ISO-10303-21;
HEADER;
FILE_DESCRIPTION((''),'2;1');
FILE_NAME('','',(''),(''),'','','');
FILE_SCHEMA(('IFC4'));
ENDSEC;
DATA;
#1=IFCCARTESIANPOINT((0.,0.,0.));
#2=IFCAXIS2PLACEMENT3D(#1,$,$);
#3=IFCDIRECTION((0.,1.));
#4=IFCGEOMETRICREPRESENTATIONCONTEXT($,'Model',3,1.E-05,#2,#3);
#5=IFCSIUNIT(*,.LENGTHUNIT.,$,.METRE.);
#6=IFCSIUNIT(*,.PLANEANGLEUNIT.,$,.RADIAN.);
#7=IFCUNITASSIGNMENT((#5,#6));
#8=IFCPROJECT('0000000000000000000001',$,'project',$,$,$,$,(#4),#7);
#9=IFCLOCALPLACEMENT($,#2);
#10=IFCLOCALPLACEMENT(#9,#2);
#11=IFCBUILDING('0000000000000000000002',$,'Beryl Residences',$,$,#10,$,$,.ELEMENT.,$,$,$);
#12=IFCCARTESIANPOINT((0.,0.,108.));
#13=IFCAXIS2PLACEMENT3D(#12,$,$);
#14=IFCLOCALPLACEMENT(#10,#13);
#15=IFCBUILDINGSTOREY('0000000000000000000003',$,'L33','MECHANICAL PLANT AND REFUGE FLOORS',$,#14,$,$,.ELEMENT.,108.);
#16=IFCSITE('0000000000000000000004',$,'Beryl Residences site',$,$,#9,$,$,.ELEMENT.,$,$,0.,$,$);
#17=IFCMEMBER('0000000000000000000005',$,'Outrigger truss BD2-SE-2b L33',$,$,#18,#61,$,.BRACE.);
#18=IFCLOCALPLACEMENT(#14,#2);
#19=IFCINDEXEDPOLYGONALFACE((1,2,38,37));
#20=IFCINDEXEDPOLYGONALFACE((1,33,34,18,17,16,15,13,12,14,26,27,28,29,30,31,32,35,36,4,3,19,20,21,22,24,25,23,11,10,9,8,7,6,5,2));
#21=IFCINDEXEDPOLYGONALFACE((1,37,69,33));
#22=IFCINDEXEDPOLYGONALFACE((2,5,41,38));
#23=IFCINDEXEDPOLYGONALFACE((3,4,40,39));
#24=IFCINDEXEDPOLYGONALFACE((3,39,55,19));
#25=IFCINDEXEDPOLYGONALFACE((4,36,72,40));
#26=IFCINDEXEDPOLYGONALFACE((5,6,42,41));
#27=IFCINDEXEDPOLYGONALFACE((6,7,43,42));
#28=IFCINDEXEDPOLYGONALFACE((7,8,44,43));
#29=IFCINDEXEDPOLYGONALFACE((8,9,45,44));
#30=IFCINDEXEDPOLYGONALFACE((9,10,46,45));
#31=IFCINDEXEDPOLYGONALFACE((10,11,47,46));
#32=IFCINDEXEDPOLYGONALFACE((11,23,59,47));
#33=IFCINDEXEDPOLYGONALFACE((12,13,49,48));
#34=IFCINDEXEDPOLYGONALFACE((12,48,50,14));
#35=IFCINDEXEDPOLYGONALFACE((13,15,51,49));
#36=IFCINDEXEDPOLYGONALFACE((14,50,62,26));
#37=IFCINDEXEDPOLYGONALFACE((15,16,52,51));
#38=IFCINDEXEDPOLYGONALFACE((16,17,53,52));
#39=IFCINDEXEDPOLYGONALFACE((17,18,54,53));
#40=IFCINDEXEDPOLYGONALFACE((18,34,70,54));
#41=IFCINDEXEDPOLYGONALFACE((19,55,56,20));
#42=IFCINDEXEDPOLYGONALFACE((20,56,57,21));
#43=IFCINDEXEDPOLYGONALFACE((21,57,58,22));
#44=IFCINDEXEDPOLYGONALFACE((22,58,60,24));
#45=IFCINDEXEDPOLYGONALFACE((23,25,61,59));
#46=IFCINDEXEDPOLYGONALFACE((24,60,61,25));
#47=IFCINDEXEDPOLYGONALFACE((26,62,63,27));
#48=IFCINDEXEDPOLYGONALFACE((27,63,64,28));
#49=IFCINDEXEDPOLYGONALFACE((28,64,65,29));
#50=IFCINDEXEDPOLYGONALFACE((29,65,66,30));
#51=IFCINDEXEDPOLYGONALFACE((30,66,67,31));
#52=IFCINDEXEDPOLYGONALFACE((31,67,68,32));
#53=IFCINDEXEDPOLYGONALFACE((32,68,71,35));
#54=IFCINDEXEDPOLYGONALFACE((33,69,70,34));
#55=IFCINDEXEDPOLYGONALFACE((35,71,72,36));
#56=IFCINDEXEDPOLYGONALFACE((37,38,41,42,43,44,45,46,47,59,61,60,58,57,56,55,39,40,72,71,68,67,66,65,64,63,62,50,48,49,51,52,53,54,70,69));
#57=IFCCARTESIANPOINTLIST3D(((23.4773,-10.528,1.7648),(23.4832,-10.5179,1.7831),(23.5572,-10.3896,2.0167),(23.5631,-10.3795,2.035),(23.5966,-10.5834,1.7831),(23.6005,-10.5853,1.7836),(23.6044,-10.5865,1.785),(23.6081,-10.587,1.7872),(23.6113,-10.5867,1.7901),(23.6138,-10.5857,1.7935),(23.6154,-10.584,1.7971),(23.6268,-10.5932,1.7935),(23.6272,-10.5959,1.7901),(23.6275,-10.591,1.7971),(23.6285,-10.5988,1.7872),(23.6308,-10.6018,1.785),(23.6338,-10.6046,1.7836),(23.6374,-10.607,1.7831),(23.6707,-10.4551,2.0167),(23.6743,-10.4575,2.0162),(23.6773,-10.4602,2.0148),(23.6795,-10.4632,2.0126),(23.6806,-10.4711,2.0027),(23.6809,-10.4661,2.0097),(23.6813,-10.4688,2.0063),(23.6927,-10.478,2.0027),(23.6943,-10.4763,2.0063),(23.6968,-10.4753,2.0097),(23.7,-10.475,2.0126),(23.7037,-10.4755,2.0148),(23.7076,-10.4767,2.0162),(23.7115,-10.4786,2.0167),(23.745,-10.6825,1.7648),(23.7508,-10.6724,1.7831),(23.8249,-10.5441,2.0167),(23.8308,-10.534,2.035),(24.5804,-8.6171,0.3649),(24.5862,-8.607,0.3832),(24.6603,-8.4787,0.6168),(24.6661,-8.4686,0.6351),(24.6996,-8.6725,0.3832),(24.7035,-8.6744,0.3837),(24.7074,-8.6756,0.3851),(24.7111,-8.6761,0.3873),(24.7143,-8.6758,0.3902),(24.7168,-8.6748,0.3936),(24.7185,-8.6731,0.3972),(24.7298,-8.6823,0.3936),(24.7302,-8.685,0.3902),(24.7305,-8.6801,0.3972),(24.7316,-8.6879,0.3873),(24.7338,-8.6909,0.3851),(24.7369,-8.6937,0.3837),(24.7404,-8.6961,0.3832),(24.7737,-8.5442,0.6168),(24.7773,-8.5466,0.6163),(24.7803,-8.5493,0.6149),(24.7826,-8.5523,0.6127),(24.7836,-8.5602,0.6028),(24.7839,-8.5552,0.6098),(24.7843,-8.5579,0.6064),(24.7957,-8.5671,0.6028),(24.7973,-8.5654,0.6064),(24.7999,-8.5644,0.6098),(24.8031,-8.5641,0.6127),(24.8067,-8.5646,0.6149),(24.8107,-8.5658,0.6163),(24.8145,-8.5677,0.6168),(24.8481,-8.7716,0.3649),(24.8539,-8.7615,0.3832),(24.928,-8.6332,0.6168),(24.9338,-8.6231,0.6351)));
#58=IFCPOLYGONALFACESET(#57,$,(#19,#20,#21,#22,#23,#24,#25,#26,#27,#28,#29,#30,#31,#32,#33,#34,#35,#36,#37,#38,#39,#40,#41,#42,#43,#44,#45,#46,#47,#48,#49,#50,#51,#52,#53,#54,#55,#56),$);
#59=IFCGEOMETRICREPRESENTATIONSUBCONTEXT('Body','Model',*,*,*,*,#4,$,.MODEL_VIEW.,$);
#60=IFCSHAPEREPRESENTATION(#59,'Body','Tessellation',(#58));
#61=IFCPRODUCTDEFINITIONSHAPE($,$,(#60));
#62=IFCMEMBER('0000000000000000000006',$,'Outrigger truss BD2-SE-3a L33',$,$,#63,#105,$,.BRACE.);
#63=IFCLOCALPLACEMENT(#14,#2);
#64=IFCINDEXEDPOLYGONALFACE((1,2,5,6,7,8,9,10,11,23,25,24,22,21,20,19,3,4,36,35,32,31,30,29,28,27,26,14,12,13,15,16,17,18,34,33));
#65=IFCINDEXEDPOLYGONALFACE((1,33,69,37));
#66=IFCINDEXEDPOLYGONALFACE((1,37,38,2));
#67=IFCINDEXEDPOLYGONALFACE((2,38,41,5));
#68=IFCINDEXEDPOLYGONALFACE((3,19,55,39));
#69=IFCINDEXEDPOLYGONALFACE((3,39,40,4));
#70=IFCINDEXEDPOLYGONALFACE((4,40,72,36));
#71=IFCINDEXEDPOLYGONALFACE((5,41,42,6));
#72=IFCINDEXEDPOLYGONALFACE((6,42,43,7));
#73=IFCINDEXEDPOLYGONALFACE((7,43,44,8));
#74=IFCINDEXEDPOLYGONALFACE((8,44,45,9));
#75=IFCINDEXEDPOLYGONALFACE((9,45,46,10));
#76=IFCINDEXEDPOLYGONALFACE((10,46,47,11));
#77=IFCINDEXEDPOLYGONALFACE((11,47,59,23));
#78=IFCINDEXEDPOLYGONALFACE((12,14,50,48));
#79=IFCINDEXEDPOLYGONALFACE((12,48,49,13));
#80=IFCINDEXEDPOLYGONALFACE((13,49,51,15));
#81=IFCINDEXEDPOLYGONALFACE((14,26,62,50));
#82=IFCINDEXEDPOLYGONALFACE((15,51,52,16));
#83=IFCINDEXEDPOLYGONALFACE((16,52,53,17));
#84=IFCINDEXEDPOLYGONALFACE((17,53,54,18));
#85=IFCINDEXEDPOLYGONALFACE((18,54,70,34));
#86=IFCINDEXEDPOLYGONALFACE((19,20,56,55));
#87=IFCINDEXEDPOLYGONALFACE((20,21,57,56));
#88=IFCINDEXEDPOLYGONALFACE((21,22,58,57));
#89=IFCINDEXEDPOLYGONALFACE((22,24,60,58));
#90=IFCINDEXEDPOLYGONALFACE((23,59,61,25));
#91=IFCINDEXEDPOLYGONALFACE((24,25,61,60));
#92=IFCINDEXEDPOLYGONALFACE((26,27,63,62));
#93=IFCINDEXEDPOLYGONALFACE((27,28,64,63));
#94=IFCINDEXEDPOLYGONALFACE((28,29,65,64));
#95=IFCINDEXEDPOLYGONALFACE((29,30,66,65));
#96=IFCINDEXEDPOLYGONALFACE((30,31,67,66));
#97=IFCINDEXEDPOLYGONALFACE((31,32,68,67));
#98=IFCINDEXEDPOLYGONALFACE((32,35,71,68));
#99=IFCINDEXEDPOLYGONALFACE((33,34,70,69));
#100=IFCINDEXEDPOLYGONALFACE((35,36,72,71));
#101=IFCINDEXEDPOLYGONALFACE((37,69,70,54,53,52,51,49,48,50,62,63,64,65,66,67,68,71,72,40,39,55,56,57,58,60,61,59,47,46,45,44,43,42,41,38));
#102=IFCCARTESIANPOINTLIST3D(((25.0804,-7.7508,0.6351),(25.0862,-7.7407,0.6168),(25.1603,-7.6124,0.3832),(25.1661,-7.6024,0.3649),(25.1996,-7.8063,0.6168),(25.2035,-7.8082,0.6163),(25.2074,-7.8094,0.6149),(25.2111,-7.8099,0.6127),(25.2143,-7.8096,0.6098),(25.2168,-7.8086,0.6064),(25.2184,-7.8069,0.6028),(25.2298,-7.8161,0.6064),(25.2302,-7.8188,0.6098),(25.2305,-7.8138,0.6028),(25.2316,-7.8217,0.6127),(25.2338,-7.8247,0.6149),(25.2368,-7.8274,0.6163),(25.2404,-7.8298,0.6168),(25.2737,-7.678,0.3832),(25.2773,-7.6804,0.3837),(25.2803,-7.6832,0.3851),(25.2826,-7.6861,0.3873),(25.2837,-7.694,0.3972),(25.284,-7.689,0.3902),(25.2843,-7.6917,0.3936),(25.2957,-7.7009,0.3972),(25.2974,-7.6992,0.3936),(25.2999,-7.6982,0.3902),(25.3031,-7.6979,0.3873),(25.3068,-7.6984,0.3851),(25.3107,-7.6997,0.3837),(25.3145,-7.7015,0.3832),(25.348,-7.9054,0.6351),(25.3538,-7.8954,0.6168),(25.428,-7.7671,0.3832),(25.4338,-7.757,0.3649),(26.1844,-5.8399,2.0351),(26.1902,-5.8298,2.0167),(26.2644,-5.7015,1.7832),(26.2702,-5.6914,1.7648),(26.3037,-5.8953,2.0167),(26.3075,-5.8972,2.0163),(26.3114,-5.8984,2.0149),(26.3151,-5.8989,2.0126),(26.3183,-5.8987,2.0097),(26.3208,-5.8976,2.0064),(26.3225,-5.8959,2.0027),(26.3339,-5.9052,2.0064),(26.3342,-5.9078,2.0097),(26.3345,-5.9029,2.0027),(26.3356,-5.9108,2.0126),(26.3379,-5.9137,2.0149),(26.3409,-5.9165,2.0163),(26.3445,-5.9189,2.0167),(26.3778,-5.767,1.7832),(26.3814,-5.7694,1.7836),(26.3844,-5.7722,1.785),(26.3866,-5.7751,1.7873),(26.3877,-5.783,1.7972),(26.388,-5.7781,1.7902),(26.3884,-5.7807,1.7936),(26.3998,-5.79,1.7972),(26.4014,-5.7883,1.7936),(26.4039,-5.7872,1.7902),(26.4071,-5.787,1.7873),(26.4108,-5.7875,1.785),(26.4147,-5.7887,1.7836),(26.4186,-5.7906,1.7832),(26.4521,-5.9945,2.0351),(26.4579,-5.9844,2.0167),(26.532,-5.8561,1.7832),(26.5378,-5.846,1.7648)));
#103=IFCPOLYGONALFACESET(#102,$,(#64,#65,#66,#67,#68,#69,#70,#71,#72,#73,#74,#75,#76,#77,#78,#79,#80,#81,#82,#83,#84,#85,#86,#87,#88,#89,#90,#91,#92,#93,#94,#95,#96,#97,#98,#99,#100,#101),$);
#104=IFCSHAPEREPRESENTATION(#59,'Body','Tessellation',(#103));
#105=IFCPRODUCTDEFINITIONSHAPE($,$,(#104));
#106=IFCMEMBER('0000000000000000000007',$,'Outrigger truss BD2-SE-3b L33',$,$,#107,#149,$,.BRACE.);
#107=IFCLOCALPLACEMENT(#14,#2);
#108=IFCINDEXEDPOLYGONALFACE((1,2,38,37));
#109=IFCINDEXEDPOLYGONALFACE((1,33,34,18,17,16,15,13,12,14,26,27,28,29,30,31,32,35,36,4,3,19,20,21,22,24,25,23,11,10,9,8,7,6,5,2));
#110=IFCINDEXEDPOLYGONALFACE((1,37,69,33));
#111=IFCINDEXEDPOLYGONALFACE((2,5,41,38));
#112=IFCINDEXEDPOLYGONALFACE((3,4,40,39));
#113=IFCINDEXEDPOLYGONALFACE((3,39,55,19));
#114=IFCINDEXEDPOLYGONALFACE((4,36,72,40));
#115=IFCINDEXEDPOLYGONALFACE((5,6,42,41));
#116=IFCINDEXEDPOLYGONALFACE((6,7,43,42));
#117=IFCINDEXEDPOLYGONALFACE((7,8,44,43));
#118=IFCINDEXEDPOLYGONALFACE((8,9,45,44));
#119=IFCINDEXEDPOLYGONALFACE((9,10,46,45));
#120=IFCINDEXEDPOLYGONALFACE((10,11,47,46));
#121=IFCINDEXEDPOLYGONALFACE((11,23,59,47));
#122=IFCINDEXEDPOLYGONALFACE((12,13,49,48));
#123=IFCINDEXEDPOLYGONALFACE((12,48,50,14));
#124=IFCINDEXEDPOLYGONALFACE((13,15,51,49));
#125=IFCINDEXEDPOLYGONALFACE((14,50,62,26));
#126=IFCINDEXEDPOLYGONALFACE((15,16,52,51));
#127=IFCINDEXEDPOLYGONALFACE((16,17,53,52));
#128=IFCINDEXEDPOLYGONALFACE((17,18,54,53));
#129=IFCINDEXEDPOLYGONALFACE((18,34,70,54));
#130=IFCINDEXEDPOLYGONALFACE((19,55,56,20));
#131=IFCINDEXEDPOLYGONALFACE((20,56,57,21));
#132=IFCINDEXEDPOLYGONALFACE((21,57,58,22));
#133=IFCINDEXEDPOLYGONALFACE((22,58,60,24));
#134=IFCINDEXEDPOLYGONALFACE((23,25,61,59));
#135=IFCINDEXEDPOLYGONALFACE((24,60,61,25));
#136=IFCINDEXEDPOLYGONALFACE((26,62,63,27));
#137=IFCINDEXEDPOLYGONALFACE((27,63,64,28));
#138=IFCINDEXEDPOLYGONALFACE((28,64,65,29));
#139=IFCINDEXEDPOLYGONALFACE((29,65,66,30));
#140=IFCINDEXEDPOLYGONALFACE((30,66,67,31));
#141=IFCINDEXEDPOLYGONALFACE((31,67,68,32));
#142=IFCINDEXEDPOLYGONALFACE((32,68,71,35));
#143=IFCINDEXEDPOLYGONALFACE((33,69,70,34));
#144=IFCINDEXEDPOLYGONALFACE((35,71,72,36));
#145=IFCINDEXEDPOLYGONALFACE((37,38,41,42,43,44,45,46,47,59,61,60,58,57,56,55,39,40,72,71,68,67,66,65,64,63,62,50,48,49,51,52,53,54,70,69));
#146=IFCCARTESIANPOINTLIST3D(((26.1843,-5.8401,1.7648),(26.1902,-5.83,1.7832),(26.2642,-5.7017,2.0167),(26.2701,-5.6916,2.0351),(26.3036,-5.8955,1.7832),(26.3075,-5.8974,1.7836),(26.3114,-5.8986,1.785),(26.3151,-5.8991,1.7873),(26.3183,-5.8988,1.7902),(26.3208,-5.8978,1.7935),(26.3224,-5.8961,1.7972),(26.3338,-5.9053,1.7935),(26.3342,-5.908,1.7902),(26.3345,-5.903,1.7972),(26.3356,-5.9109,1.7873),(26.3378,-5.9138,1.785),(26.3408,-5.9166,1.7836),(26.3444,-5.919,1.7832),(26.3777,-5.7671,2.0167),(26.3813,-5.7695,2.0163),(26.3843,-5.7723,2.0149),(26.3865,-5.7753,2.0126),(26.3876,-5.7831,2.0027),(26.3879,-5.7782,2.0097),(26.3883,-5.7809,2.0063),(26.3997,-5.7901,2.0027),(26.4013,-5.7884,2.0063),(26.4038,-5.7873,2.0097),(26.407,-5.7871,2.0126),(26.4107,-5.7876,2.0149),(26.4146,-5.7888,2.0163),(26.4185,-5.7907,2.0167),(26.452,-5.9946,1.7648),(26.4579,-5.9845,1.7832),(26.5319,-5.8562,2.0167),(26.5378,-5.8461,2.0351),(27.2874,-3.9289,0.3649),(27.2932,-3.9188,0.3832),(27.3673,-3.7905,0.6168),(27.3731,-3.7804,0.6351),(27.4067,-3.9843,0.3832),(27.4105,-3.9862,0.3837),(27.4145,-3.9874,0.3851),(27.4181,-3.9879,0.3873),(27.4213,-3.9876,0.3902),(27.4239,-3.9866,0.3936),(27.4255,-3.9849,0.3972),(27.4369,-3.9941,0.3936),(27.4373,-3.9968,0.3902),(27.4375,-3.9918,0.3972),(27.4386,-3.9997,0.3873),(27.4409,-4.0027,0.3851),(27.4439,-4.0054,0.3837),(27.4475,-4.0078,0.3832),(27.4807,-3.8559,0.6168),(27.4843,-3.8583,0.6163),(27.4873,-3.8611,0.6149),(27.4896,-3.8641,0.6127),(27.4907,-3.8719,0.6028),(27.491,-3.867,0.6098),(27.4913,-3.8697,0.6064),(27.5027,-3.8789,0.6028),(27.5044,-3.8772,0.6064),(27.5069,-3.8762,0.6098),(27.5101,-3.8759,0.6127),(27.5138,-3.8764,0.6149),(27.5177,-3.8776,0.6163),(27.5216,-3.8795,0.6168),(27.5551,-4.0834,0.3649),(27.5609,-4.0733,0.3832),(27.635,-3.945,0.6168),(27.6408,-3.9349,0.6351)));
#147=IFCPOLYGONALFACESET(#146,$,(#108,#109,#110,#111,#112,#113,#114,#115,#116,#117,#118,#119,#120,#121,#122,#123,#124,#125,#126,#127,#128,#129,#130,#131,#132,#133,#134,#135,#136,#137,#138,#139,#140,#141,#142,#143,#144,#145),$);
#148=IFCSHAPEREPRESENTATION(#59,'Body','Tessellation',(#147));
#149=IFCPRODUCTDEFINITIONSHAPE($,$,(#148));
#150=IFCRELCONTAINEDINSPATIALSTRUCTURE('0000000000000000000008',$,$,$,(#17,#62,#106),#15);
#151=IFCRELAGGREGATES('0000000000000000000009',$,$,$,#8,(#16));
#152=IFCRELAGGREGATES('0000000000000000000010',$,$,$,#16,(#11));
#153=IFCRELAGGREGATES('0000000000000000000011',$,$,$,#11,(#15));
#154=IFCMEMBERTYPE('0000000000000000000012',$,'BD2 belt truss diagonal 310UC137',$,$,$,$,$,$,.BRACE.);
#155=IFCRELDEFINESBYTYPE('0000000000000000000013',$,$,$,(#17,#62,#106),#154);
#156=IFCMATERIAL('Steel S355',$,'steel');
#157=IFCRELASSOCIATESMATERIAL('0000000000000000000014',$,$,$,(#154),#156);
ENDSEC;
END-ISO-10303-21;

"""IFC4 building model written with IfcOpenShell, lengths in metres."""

from ifc_helpers import new_model, si_unit, direction, frame, origin, origin_2d, place, context, subcontext, project, spatial, i_section, extrude, material, material_profile, profile_set, type_object, element, save


model = new_model("IFC4")

# Units and contexts
model_context = context("Model", 3, precision=1e-05, world=origin(), true_north=direction((0.0, 1.0)))
body_context = subcontext(model_context, "Body", "Model", "MODEL_VIEW")
ifc_project = project(units=[si_unit("LENGTHUNIT", "METRE"), si_unit("PLANEANGLEUNIT", "RADIAN")], contexts=[model_context])

# Site, building, storey
site_placement = place(None, origin())
site = spatial("IfcSite", under=ifc_project, at=site_placement, Name="Beryl Residences site", CompositionType="ELEMENT", RefElevation=0.0)
building_placement = place(site_placement, origin())
building = spatial("IfcBuilding", under=site, at=building_placement, Name="Beryl Residences", CompositionType="ELEMENT")
storey_placement = place(building_placement, frame((0.0, 0.0, 108.0)))
storey = spatial("IfcBuildingStorey", under=building, at=storey_placement, Name="L33", Description="MECHANICAL PLANT AND REFUGE FLOORS", CompositionType="ELEMENT", Elevation=108.0)

# Members
ifc_material_1 = material(Name="Steel S355", Category="steel")
ifc_material_profile_1 = material_profile(ifc_material_1, i_section(OverallWidth=0.3091, OverallDepth=0.3201, WebThickness=0.0139, FlangeThickness=0.0217, FilletRadius=0.0166, at=origin_2d()))
ifc_profile_set_1 = profile_set([ifc_material_profile_1], Name="Steel S355")
member_type_1 = type_object("IfcMemberType", Name="BD2 belt truss diagonal 310UC137", PredefinedType="BRACE", material=ifc_profile_set_1)
member_1_placement = place(storey_placement, frame((24.7571, -8.6201, 0.5), z_axis=(-0.422127, -0.731294, 0.53574), x_axis=(0.86607, -0.499924, 0.0)))
element("IfcMember", 1, at=member_1_placement, inside=storey, type_object=member_type_1, Name="Outrigger truss BD2-SE-2b L33", PredefinedType="BRACE", context=body_context, shape_type="SweptSolid", body=[
    extrude(i_section(OverallWidth=0.3091, OverallDepth=0.3201, WebThickness=0.0139, FlangeThickness=0.0217, FilletRadius=0.0166, at=origin_2d()), origin(), (0.0, 0.0, 1.0), 2.613),
])
member_2_placement = place(storey_placement, frame((25.2571, -7.7539, 0.5), z_axis=(0.422434, 0.731179, 0.535656), x_axis=(-0.865878, 0.500255, 0.0)))
element("IfcMember", 2, at=member_2_placement, inside=storey, type_object=member_type_1, Name="Outrigger truss BD2-SE-3a L33", PredefinedType="BRACE", context=body_context, shape_type="SweptSolid", body=[
    extrude(i_section(OverallWidth=0.3091, OverallDepth=0.3201, WebThickness=0.0139, FlangeThickness=0.0217, FilletRadius=0.0166, at=origin_2d()), origin(), (0.0, 0.0, 1.0), 2.6135),
])
member_3_placement = place(storey_placement, frame((27.4641, -3.9319, 0.5), z_axis=(-0.422098, -0.731338, 0.535704), x_axis=(0.866097, -0.499876, 0.0)))
element("IfcMember", 3, at=member_3_placement, inside=storey, type_object=member_type_1, Name="Outrigger truss BD2-SE-3b L33", PredefinedType="BRACE", context=body_context, shape_type="SweptSolid", body=[
    extrude(i_section(OverallWidth=0.3091, OverallDepth=0.3201, WebThickness=0.0139, FlangeThickness=0.0217, FilletRadius=0.0166, at=origin_2d()), origin(), (0.0, 0.0, 1.0), 2.6133),
])

save(model, "model.ifc")
